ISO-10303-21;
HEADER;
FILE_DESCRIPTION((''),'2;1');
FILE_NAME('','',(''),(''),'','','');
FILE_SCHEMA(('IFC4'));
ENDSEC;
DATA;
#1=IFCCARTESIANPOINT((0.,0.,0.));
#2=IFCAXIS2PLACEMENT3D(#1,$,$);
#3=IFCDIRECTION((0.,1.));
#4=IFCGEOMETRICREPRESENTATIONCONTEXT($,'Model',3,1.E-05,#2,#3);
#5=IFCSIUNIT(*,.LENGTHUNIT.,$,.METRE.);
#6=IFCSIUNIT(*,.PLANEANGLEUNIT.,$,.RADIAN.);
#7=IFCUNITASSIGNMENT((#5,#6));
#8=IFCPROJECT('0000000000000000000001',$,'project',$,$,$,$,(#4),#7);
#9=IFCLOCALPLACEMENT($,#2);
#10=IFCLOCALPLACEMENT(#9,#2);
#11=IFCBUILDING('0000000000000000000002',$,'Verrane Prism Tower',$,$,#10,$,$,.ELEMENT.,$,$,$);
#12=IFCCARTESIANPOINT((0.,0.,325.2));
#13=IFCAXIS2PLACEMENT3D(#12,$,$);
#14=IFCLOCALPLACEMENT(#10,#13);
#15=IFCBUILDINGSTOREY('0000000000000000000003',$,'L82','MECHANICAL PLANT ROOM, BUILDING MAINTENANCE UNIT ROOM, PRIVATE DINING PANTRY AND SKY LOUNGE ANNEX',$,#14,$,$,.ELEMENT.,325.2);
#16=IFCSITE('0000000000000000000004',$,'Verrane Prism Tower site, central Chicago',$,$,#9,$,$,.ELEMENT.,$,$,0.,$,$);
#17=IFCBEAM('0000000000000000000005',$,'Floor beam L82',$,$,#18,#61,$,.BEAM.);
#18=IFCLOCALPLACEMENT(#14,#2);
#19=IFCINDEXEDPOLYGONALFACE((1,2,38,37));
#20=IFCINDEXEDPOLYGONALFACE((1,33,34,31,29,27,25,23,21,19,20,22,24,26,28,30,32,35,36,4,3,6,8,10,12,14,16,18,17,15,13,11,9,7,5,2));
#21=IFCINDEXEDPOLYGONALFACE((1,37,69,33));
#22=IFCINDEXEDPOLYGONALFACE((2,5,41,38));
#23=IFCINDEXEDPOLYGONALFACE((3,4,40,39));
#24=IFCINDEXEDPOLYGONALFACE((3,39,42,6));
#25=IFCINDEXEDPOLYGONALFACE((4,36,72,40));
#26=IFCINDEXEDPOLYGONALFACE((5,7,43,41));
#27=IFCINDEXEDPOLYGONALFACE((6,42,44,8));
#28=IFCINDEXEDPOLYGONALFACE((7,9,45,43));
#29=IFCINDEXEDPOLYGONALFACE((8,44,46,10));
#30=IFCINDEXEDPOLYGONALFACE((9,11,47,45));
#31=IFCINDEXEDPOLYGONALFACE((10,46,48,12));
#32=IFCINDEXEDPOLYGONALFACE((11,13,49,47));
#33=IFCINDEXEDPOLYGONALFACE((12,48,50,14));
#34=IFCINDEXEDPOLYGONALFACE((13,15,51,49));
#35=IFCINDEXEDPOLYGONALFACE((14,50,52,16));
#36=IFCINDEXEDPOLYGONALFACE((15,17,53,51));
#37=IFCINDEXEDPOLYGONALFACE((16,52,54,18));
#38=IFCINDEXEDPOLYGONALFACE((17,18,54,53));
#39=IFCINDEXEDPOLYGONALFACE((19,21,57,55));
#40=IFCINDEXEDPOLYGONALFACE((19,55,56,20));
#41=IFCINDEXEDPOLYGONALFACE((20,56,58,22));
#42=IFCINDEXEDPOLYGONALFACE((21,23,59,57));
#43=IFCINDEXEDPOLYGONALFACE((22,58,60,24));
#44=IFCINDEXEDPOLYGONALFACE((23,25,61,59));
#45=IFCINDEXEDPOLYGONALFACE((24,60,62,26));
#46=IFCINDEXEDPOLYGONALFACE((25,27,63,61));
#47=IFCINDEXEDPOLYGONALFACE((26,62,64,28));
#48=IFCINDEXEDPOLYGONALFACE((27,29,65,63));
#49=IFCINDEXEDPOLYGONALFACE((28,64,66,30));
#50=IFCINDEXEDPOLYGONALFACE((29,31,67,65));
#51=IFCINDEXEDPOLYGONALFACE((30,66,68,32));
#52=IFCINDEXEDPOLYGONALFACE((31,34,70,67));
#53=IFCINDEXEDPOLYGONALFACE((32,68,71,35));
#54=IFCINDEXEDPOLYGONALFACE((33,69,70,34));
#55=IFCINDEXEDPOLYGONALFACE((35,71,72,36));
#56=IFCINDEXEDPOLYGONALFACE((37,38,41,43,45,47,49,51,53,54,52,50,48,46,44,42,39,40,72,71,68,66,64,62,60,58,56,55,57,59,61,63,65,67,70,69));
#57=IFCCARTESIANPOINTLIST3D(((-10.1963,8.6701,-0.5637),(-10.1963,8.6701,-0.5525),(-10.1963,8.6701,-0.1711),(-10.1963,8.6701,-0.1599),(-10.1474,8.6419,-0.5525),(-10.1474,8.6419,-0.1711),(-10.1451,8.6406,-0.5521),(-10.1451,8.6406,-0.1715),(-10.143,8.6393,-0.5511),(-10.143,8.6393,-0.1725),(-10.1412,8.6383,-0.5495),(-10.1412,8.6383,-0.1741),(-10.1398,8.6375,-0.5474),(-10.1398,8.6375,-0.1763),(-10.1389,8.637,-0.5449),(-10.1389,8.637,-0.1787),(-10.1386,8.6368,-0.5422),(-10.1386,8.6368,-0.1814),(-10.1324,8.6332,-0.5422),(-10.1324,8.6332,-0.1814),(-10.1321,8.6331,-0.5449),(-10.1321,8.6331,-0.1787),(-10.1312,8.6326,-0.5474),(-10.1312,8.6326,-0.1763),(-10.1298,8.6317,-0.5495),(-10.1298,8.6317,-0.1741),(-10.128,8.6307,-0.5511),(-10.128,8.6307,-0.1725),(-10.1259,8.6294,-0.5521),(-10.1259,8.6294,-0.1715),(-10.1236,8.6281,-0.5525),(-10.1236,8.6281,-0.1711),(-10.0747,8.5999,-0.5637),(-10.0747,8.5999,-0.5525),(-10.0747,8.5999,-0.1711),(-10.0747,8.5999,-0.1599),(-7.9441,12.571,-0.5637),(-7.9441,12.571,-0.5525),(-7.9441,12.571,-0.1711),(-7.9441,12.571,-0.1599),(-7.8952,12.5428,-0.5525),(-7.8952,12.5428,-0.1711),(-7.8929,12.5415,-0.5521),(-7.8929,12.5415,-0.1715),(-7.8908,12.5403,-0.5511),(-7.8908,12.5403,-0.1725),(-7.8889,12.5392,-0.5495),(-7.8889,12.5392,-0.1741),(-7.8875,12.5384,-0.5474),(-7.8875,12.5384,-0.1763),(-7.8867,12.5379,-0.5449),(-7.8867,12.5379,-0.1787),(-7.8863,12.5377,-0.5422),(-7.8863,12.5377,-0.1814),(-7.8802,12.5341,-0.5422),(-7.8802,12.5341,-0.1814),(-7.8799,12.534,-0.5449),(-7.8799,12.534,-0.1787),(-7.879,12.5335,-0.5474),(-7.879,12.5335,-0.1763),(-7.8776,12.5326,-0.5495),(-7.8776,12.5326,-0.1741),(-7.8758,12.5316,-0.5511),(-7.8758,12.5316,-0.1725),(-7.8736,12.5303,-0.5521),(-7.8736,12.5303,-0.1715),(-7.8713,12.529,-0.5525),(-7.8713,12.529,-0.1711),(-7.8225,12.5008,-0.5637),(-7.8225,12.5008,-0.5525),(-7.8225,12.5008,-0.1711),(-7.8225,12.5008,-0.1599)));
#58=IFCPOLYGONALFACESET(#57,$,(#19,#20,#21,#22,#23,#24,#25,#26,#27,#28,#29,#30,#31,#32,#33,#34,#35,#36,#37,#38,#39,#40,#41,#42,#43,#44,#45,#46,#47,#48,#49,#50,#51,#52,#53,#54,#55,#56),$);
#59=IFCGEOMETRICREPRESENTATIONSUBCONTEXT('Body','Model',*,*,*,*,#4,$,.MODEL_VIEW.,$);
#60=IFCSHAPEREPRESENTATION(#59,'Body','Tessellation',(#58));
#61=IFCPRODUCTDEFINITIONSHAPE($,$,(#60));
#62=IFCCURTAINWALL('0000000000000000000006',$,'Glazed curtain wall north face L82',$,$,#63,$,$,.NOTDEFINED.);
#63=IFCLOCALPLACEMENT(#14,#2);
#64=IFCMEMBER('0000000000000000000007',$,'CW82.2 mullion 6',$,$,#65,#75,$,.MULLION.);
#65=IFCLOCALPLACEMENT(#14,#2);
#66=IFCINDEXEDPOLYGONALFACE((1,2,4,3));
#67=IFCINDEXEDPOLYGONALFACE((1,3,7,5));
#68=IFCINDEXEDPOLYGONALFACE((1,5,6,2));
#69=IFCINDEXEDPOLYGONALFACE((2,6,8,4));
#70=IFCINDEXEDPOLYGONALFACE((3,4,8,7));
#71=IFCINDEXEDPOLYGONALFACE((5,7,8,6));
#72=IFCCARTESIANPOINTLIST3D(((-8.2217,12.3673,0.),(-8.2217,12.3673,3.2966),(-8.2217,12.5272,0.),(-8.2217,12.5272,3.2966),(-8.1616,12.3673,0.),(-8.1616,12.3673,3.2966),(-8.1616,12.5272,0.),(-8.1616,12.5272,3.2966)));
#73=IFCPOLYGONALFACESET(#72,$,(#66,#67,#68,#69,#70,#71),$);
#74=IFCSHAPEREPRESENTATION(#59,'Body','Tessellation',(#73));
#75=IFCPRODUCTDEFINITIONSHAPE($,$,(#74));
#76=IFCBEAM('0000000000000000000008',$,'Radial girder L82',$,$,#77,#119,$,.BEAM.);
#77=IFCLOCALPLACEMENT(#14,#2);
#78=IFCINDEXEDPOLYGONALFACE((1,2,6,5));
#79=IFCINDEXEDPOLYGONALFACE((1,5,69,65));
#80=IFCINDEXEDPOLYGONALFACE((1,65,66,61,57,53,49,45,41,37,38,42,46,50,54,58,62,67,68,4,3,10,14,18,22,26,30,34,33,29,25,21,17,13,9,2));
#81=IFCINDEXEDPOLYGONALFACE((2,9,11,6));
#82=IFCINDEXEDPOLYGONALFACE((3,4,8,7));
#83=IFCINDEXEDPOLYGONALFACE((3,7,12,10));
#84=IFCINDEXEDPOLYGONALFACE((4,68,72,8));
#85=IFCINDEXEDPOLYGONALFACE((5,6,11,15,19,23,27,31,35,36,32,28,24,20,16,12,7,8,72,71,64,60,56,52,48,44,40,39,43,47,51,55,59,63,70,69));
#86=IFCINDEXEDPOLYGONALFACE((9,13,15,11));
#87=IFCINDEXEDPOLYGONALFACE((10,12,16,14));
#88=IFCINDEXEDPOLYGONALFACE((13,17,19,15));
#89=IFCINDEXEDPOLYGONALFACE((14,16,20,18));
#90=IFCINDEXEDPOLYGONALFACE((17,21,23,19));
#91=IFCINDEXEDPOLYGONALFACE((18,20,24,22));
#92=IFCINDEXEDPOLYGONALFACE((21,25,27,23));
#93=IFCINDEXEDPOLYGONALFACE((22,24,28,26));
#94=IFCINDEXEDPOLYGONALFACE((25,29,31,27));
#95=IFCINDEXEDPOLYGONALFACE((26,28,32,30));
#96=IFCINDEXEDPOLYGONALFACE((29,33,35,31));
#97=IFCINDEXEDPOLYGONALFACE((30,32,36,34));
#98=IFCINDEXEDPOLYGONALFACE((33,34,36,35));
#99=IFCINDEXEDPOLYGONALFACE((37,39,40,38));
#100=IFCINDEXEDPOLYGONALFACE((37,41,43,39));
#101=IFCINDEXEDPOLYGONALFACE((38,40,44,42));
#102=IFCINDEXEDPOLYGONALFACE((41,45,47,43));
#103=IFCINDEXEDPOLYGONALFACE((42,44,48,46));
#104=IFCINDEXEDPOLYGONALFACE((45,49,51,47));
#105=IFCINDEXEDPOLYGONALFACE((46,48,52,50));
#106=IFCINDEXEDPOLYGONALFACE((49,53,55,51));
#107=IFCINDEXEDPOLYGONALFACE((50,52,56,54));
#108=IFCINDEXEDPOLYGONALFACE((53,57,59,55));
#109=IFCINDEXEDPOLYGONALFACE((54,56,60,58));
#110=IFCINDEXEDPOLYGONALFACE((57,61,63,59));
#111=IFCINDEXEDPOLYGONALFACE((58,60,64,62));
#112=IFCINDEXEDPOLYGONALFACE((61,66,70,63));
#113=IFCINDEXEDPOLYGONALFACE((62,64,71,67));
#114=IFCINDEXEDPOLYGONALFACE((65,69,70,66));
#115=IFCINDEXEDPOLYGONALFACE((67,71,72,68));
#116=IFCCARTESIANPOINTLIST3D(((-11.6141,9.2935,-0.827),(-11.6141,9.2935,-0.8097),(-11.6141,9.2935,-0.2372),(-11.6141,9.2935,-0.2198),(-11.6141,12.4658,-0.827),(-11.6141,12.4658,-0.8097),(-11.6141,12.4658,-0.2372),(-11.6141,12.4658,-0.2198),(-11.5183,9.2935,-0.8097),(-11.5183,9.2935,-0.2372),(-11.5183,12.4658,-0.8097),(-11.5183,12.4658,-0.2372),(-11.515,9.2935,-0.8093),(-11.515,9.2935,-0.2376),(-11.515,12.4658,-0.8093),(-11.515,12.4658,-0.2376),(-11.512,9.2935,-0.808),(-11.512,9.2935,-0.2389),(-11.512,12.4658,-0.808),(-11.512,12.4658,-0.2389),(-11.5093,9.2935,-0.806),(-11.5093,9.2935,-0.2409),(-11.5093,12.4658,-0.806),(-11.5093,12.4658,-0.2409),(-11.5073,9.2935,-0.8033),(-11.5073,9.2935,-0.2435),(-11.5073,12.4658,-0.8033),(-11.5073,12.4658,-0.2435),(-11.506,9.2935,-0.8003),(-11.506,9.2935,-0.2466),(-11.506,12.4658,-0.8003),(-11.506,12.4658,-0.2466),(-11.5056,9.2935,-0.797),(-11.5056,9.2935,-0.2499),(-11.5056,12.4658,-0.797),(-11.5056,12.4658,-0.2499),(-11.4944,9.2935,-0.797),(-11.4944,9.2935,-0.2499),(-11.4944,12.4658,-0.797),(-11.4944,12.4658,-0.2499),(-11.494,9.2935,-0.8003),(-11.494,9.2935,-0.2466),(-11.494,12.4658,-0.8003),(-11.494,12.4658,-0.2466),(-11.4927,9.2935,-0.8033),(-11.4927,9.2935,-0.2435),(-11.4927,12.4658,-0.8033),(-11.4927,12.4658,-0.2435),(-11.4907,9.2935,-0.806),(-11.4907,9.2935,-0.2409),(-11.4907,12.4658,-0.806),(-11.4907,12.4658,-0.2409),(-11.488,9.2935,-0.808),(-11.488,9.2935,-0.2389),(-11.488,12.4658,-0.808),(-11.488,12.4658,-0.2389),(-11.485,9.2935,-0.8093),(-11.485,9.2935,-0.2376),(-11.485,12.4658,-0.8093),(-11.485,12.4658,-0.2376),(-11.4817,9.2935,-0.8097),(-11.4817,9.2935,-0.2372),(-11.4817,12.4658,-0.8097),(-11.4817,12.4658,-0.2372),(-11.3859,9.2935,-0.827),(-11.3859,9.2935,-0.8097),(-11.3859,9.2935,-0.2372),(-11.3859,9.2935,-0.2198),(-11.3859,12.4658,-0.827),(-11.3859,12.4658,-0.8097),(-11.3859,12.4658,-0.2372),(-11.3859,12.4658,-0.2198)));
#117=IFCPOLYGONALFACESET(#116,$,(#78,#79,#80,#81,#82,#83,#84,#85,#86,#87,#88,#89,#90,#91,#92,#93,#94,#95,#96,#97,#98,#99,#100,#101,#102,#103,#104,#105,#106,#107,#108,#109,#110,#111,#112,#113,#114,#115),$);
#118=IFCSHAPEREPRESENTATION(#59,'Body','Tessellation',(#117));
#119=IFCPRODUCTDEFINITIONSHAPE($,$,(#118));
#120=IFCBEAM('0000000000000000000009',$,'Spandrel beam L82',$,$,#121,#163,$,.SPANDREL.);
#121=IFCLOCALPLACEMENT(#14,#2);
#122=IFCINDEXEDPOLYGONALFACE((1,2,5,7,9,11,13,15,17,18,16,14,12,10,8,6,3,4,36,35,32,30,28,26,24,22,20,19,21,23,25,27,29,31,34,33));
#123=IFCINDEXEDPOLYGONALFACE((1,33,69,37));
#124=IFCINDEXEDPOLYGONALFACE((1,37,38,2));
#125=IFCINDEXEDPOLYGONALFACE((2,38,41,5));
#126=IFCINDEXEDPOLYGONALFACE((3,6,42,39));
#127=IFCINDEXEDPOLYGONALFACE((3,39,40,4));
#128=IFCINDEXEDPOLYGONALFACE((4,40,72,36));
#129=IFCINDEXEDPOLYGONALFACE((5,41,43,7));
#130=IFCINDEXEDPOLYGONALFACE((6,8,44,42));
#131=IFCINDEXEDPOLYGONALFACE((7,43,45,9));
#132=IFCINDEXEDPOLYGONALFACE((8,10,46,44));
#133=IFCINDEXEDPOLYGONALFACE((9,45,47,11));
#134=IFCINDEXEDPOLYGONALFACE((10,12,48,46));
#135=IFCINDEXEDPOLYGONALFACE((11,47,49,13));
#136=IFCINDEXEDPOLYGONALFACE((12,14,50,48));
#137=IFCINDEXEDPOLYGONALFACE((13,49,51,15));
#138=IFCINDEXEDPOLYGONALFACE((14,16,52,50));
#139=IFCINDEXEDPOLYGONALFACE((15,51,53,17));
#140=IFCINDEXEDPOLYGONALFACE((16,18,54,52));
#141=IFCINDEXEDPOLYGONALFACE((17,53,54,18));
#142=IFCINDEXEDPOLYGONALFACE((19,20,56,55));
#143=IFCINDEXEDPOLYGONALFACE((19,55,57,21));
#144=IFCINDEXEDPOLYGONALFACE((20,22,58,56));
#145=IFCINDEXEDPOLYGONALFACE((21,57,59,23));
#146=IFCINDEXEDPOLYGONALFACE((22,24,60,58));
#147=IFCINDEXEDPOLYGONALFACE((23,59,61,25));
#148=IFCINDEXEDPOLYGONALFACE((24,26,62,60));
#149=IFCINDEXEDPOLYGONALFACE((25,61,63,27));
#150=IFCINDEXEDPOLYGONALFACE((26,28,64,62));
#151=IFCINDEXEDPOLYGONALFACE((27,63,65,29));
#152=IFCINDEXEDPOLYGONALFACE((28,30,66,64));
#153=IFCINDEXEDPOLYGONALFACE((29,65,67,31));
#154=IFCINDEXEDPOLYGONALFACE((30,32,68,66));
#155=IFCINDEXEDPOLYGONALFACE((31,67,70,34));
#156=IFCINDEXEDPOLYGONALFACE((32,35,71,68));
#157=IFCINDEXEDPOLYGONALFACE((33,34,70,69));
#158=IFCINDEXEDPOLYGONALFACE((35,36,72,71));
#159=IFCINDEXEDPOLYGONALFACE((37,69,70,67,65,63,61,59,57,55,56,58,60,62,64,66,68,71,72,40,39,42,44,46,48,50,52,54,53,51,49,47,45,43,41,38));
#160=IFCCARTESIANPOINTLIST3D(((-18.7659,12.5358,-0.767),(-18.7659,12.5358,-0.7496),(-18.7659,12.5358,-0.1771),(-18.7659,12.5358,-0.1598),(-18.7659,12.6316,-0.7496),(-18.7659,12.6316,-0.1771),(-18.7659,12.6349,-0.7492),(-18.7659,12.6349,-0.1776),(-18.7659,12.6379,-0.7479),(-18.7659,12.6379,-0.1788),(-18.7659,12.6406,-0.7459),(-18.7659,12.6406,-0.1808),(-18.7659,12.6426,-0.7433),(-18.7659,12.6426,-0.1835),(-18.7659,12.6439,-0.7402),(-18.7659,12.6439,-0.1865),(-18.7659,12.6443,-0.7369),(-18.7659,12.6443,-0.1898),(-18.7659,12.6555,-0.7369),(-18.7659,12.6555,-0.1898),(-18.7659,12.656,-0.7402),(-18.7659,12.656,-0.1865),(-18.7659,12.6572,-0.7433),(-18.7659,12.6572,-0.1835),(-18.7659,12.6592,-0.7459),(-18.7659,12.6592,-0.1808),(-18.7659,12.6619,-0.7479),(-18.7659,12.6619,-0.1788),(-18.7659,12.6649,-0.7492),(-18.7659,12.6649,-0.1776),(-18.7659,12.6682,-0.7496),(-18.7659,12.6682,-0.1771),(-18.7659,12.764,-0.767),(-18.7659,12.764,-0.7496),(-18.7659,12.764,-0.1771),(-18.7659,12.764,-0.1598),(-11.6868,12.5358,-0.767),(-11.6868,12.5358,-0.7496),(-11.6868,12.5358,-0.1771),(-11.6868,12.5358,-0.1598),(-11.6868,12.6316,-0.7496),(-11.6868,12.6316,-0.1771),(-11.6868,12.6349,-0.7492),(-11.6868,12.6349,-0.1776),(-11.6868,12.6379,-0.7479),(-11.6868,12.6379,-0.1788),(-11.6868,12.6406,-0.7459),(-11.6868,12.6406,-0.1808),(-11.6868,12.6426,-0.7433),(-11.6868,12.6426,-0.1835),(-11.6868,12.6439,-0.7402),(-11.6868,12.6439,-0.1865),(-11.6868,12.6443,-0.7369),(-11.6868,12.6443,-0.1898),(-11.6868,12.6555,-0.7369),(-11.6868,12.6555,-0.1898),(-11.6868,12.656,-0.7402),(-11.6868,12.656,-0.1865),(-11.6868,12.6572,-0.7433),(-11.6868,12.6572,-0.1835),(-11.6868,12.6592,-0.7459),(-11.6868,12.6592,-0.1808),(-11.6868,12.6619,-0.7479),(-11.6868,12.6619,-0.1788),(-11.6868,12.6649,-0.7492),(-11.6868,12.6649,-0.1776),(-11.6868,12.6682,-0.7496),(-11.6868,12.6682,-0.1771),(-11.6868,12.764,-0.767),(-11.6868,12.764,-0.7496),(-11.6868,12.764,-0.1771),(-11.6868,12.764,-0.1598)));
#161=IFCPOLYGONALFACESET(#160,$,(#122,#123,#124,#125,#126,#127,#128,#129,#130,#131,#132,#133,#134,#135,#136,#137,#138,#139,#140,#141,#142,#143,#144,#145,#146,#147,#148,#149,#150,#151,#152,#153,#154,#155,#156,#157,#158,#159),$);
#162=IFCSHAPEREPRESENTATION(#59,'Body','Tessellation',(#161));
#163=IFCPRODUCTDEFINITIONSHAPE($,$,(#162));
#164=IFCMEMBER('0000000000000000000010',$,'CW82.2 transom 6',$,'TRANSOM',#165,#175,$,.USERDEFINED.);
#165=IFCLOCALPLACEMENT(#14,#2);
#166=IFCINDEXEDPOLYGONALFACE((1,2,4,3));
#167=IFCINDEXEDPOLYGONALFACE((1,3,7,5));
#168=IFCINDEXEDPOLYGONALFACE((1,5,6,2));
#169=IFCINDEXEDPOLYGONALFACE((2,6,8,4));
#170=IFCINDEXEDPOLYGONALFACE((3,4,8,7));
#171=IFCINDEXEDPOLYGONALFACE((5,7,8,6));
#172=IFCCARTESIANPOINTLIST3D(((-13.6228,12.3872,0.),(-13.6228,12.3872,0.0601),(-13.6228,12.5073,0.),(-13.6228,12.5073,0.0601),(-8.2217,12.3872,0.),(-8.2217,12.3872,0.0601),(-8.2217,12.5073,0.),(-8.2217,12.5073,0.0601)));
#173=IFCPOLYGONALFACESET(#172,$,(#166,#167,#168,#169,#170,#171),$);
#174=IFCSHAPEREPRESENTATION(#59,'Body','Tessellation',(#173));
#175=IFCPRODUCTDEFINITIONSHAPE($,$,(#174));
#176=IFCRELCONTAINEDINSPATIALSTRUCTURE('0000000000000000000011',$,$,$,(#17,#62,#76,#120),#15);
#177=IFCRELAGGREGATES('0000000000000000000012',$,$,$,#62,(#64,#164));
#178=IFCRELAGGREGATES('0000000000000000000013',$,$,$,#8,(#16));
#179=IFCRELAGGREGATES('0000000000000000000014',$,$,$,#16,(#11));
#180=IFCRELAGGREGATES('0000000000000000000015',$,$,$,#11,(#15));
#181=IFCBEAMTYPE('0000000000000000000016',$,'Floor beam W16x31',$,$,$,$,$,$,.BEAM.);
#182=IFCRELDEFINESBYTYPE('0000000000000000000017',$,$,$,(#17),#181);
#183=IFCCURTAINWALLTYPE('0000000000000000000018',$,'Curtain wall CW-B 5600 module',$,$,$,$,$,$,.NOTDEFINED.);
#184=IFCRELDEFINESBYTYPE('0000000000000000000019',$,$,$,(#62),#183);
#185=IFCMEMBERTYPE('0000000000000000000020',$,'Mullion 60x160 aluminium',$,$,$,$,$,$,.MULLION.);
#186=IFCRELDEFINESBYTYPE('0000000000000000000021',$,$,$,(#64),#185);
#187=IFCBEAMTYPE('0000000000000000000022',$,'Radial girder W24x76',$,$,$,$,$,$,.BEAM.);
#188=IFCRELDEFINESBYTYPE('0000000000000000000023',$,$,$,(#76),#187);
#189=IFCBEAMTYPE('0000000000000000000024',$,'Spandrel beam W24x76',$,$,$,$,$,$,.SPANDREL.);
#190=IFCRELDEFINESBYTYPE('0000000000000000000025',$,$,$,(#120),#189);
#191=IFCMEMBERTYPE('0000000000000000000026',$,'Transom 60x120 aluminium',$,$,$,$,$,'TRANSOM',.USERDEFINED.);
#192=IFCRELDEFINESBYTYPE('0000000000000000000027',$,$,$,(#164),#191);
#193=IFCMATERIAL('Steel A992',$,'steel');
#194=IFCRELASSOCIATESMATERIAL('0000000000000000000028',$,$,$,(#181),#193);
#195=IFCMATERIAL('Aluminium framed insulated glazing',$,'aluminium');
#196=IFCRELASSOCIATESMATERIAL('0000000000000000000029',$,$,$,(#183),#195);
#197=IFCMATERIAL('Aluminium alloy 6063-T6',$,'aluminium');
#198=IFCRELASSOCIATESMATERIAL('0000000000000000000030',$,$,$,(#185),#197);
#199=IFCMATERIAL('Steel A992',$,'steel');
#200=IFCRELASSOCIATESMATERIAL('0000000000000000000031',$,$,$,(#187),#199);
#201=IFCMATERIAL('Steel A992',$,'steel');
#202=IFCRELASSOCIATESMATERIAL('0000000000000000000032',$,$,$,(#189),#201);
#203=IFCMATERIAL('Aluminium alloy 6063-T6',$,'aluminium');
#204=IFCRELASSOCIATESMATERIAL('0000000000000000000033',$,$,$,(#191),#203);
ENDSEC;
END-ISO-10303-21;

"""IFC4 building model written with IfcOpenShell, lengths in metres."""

from ifc_helpers import new_model, si_unit, direction, frame, origin, origin_2d, place, context, subcontext, project, spatial, rectangle, i_section, extrude, material, material_profile, profile_set, type_object, element, aggregate, save


model = new_model("IFC4")

# Units and contexts
model_context = context("Model", 3, precision=1e-05, world=origin(), true_north=direction((0.0, 1.0)))
body_context = subcontext(model_context, "Body", "Model", "MODEL_VIEW")
ifc_project = project(units=[si_unit("LENGTHUNIT", "METRE"), si_unit("PLANEANGLEUNIT", "RADIAN")], contexts=[model_context])

# Site, building, storey
site_placement = place(None, origin())
site = spatial("IfcSite", under=ifc_project, at=site_placement, Name="Verrane Prism Tower site, central Chicago", CompositionType="ELEMENT", RefElevation=0.0)
building_placement = place(site_placement, origin())
building = spatial("IfcBuilding", under=site, at=building_placement, Name="Verrane Prism Tower", CompositionType="ELEMENT")
storey_placement = place(building_placement, frame((0.0, 0.0, 325.2)))
storey = spatial("IfcBuildingStorey", under=building, at=storey_placement, Name="L82", Description="MECHANICAL PLANT ROOM, BUILDING MAINTENANCE UNIT ROOM, PRIVATE DINING PANTRY AND SKY LOUNGE ANNEX", CompositionType="ELEMENT", Elevation=325.2)

# Beam
ifc_material_1 = material(Name="Steel A992", Category="steel")
ifc_material_profile_1 = material_profile(ifc_material_1, i_section(OverallWidth=0.1404, OverallDepth=0.4038, WebThickness=0.0071, FlangeThickness=0.0112, FilletRadius=0.0103, at=origin_2d()), Name="W16x31")
ifc_profile_set_1 = profile_set([ifc_material_profile_1], Name="Steel A992")
beam_type_1 = type_object("IfcBeamType", Name="Floor beam W16x31", PredefinedType="BEAM", material=ifc_profile_set_1)
beam_1_placement = place(storey_placement, frame((-10.1355, 8.635, -0.3618), z_axis=(0.500004, 0.866023, 0.0), x_axis=(-0.866023, 0.500004, 0.0)))
element("IfcBeam", 1, at=beam_1_placement, inside=storey, type_object=beam_type_1, Name="Floor beam L82", PredefinedType="BEAM", context=body_context, shape_type="SweptSolid", body=[
    extrude(i_section(OverallWidth=0.1404, OverallDepth=0.4038, WebThickness=0.0071, FlangeThickness=0.0112, FilletRadius=0.0103, at=origin_2d()), origin(), (0.0, 0.0, 1.0), 4.5044),
])

# Curtain wall, member
ifc_material_2 = material(Name="Aluminium framed insulated glazing", Category="aluminium")
curtain_wall_type = type_object("IfcCurtainWallType", Name="Curtain wall CW-B 5600 module", PredefinedType="NOTDEFINED", material=ifc_material_2)
curtain_wall_placement = place(storey_placement, origin())
curtain_wall = element("IfcCurtainWall", 2, at=curtain_wall_placement, inside=storey, type_object=curtain_wall_type, Name="Glazed curtain wall north face L82", PredefinedType="NOTDEFINED")
ifc_material_3 = material(Name="Aluminium alloy 6063-T6", Category="aluminium")
ifc_material_profile_2 = material_profile(ifc_material_3, rectangle(XDim=0.1599, YDim=0.0601, at=origin_2d()), Name="Mullion 60x160 aluminium")
ifc_profile_set_2 = profile_set([ifc_material_profile_2], Name="Aluminium alloy 6063-T6")
member_type_1 = type_object("IfcMemberType", Name="Mullion 60x160 aluminium", PredefinedType="MULLION", material=ifc_profile_set_2)
member_1_placement = place(storey_placement, frame((-8.1917, 12.4473, 0.0), z_axis=(0.0, 0.0, 1.0), x_axis=(0.0, -1.0, 0.0)))
member_1 = element("IfcMember", 3, at=member_1_placement, type_object=member_type_1, Name="CW82.2 mullion 6", PredefinedType="MULLION", context=body_context, shape_type="SweptSolid", body=[
    extrude(rectangle(XDim=0.1599, YDim=0.0601, at=origin_2d()), origin(), (0.0, 0.0, 1.0), 3.2966),
])

# Beams
ifc_material_4 = material(Name="Steel A992", Category="steel")
ifc_material_profile_3 = material_profile(ifc_material_4, i_section(OverallWidth=0.2283, OverallDepth=0.6072, WebThickness=0.0112, FlangeThickness=0.0173, FilletRadius=0.0127, at=origin_2d()), Name="W24x76")
ifc_profile_set_3 = profile_set([ifc_material_profile_3], Name="Steel A992")
beam_type_2 = type_object("IfcBeamType", Name="Radial girder W24x76", PredefinedType="BEAM", material=ifc_profile_set_3)
beam_2_placement = place(storey_placement, frame((-11.5, 12.4658, -0.5234), z_axis=(0.0, -1.0, 0.0), x_axis=(1.0, 0.0, 0.0)))
element("IfcBeam", 4, at=beam_2_placement, inside=storey, type_object=beam_type_2, Name="Radial girder L82", PredefinedType="BEAM", context=body_context, shape_type="SweptSolid", body=[
    extrude(i_section(OverallWidth=0.2283, OverallDepth=0.6072, WebThickness=0.0112, FlangeThickness=0.0173, FilletRadius=0.0127, at=origin_2d()), origin(), (0.0, 0.0, 1.0), 3.1724),
])
ifc_material_5 = material(Name="Steel A992", Category="steel")
ifc_material_profile_4 = material_profile(ifc_material_5, i_section(OverallWidth=0.2283, OverallDepth=0.6072, WebThickness=0.0112, FlangeThickness=0.0173, FilletRadius=0.0127, at=origin_2d()), Name="W24x76")
ifc_profile_set_4 = profile_set([ifc_material_profile_4], Name="Steel A992")
beam_type_3 = type_object("IfcBeamType", Name="Spandrel beam W24x76", PredefinedType="SPANDREL", material=ifc_profile_set_4)
beam_3_placement = place(storey_placement, frame((-11.6868, 12.6499, -0.4634), z_axis=(-1.0, 0.0, 0.0), x_axis=(0.0, -1.0, 0.0)))
element("IfcBeam", 5, at=beam_3_placement, inside=storey, type_object=beam_type_3, Name="Spandrel beam L82", PredefinedType="SPANDREL", context=body_context, shape_type="SweptSolid", body=[
    extrude(i_section(OverallWidth=0.2283, OverallDepth=0.6072, WebThickness=0.0112, FlangeThickness=0.0173, FilletRadius=0.0127, at=origin_2d()), origin(), (0.0, 0.0, 1.0), 7.0791),
])

# Member
ifc_material_6 = material(Name="Aluminium alloy 6063-T6", Category="aluminium")
ifc_material_profile_5 = material_profile(ifc_material_6, rectangle(XDim=0.1201, YDim=0.0601, at=origin_2d()), Name="Transom 60x120 aluminium")
ifc_profile_set_5 = profile_set([ifc_material_profile_5], Name="Aluminium alloy 6063-T6")
member_type_2 = type_object("IfcMemberType", Name="Transom 60x120 aluminium", ElementType="TRANSOM", PredefinedType="USERDEFINED", material=ifc_profile_set_5)
member_2_placement = place(storey_placement, frame((-8.2217, 12.4473, 0.03), z_axis=(-1.0, 0.0, 0.0), x_axis=(0.0, -1.0, 0.0)))
member_2 = element("IfcMember", 6, at=member_2_placement, type_object=member_type_2, Name="CW82.2 transom 6", ObjectType="TRANSOM", PredefinedType="USERDEFINED", context=body_context, shape_type="SweptSolid", body=[
    extrude(rectangle(XDim=0.1201, YDim=0.0601, at=origin_2d()), origin(), (0.0, 0.0, 1.0), 5.4011),
])

aggregate(curtain_wall, [member_1, member_2])

save(model, "model.ifc")
